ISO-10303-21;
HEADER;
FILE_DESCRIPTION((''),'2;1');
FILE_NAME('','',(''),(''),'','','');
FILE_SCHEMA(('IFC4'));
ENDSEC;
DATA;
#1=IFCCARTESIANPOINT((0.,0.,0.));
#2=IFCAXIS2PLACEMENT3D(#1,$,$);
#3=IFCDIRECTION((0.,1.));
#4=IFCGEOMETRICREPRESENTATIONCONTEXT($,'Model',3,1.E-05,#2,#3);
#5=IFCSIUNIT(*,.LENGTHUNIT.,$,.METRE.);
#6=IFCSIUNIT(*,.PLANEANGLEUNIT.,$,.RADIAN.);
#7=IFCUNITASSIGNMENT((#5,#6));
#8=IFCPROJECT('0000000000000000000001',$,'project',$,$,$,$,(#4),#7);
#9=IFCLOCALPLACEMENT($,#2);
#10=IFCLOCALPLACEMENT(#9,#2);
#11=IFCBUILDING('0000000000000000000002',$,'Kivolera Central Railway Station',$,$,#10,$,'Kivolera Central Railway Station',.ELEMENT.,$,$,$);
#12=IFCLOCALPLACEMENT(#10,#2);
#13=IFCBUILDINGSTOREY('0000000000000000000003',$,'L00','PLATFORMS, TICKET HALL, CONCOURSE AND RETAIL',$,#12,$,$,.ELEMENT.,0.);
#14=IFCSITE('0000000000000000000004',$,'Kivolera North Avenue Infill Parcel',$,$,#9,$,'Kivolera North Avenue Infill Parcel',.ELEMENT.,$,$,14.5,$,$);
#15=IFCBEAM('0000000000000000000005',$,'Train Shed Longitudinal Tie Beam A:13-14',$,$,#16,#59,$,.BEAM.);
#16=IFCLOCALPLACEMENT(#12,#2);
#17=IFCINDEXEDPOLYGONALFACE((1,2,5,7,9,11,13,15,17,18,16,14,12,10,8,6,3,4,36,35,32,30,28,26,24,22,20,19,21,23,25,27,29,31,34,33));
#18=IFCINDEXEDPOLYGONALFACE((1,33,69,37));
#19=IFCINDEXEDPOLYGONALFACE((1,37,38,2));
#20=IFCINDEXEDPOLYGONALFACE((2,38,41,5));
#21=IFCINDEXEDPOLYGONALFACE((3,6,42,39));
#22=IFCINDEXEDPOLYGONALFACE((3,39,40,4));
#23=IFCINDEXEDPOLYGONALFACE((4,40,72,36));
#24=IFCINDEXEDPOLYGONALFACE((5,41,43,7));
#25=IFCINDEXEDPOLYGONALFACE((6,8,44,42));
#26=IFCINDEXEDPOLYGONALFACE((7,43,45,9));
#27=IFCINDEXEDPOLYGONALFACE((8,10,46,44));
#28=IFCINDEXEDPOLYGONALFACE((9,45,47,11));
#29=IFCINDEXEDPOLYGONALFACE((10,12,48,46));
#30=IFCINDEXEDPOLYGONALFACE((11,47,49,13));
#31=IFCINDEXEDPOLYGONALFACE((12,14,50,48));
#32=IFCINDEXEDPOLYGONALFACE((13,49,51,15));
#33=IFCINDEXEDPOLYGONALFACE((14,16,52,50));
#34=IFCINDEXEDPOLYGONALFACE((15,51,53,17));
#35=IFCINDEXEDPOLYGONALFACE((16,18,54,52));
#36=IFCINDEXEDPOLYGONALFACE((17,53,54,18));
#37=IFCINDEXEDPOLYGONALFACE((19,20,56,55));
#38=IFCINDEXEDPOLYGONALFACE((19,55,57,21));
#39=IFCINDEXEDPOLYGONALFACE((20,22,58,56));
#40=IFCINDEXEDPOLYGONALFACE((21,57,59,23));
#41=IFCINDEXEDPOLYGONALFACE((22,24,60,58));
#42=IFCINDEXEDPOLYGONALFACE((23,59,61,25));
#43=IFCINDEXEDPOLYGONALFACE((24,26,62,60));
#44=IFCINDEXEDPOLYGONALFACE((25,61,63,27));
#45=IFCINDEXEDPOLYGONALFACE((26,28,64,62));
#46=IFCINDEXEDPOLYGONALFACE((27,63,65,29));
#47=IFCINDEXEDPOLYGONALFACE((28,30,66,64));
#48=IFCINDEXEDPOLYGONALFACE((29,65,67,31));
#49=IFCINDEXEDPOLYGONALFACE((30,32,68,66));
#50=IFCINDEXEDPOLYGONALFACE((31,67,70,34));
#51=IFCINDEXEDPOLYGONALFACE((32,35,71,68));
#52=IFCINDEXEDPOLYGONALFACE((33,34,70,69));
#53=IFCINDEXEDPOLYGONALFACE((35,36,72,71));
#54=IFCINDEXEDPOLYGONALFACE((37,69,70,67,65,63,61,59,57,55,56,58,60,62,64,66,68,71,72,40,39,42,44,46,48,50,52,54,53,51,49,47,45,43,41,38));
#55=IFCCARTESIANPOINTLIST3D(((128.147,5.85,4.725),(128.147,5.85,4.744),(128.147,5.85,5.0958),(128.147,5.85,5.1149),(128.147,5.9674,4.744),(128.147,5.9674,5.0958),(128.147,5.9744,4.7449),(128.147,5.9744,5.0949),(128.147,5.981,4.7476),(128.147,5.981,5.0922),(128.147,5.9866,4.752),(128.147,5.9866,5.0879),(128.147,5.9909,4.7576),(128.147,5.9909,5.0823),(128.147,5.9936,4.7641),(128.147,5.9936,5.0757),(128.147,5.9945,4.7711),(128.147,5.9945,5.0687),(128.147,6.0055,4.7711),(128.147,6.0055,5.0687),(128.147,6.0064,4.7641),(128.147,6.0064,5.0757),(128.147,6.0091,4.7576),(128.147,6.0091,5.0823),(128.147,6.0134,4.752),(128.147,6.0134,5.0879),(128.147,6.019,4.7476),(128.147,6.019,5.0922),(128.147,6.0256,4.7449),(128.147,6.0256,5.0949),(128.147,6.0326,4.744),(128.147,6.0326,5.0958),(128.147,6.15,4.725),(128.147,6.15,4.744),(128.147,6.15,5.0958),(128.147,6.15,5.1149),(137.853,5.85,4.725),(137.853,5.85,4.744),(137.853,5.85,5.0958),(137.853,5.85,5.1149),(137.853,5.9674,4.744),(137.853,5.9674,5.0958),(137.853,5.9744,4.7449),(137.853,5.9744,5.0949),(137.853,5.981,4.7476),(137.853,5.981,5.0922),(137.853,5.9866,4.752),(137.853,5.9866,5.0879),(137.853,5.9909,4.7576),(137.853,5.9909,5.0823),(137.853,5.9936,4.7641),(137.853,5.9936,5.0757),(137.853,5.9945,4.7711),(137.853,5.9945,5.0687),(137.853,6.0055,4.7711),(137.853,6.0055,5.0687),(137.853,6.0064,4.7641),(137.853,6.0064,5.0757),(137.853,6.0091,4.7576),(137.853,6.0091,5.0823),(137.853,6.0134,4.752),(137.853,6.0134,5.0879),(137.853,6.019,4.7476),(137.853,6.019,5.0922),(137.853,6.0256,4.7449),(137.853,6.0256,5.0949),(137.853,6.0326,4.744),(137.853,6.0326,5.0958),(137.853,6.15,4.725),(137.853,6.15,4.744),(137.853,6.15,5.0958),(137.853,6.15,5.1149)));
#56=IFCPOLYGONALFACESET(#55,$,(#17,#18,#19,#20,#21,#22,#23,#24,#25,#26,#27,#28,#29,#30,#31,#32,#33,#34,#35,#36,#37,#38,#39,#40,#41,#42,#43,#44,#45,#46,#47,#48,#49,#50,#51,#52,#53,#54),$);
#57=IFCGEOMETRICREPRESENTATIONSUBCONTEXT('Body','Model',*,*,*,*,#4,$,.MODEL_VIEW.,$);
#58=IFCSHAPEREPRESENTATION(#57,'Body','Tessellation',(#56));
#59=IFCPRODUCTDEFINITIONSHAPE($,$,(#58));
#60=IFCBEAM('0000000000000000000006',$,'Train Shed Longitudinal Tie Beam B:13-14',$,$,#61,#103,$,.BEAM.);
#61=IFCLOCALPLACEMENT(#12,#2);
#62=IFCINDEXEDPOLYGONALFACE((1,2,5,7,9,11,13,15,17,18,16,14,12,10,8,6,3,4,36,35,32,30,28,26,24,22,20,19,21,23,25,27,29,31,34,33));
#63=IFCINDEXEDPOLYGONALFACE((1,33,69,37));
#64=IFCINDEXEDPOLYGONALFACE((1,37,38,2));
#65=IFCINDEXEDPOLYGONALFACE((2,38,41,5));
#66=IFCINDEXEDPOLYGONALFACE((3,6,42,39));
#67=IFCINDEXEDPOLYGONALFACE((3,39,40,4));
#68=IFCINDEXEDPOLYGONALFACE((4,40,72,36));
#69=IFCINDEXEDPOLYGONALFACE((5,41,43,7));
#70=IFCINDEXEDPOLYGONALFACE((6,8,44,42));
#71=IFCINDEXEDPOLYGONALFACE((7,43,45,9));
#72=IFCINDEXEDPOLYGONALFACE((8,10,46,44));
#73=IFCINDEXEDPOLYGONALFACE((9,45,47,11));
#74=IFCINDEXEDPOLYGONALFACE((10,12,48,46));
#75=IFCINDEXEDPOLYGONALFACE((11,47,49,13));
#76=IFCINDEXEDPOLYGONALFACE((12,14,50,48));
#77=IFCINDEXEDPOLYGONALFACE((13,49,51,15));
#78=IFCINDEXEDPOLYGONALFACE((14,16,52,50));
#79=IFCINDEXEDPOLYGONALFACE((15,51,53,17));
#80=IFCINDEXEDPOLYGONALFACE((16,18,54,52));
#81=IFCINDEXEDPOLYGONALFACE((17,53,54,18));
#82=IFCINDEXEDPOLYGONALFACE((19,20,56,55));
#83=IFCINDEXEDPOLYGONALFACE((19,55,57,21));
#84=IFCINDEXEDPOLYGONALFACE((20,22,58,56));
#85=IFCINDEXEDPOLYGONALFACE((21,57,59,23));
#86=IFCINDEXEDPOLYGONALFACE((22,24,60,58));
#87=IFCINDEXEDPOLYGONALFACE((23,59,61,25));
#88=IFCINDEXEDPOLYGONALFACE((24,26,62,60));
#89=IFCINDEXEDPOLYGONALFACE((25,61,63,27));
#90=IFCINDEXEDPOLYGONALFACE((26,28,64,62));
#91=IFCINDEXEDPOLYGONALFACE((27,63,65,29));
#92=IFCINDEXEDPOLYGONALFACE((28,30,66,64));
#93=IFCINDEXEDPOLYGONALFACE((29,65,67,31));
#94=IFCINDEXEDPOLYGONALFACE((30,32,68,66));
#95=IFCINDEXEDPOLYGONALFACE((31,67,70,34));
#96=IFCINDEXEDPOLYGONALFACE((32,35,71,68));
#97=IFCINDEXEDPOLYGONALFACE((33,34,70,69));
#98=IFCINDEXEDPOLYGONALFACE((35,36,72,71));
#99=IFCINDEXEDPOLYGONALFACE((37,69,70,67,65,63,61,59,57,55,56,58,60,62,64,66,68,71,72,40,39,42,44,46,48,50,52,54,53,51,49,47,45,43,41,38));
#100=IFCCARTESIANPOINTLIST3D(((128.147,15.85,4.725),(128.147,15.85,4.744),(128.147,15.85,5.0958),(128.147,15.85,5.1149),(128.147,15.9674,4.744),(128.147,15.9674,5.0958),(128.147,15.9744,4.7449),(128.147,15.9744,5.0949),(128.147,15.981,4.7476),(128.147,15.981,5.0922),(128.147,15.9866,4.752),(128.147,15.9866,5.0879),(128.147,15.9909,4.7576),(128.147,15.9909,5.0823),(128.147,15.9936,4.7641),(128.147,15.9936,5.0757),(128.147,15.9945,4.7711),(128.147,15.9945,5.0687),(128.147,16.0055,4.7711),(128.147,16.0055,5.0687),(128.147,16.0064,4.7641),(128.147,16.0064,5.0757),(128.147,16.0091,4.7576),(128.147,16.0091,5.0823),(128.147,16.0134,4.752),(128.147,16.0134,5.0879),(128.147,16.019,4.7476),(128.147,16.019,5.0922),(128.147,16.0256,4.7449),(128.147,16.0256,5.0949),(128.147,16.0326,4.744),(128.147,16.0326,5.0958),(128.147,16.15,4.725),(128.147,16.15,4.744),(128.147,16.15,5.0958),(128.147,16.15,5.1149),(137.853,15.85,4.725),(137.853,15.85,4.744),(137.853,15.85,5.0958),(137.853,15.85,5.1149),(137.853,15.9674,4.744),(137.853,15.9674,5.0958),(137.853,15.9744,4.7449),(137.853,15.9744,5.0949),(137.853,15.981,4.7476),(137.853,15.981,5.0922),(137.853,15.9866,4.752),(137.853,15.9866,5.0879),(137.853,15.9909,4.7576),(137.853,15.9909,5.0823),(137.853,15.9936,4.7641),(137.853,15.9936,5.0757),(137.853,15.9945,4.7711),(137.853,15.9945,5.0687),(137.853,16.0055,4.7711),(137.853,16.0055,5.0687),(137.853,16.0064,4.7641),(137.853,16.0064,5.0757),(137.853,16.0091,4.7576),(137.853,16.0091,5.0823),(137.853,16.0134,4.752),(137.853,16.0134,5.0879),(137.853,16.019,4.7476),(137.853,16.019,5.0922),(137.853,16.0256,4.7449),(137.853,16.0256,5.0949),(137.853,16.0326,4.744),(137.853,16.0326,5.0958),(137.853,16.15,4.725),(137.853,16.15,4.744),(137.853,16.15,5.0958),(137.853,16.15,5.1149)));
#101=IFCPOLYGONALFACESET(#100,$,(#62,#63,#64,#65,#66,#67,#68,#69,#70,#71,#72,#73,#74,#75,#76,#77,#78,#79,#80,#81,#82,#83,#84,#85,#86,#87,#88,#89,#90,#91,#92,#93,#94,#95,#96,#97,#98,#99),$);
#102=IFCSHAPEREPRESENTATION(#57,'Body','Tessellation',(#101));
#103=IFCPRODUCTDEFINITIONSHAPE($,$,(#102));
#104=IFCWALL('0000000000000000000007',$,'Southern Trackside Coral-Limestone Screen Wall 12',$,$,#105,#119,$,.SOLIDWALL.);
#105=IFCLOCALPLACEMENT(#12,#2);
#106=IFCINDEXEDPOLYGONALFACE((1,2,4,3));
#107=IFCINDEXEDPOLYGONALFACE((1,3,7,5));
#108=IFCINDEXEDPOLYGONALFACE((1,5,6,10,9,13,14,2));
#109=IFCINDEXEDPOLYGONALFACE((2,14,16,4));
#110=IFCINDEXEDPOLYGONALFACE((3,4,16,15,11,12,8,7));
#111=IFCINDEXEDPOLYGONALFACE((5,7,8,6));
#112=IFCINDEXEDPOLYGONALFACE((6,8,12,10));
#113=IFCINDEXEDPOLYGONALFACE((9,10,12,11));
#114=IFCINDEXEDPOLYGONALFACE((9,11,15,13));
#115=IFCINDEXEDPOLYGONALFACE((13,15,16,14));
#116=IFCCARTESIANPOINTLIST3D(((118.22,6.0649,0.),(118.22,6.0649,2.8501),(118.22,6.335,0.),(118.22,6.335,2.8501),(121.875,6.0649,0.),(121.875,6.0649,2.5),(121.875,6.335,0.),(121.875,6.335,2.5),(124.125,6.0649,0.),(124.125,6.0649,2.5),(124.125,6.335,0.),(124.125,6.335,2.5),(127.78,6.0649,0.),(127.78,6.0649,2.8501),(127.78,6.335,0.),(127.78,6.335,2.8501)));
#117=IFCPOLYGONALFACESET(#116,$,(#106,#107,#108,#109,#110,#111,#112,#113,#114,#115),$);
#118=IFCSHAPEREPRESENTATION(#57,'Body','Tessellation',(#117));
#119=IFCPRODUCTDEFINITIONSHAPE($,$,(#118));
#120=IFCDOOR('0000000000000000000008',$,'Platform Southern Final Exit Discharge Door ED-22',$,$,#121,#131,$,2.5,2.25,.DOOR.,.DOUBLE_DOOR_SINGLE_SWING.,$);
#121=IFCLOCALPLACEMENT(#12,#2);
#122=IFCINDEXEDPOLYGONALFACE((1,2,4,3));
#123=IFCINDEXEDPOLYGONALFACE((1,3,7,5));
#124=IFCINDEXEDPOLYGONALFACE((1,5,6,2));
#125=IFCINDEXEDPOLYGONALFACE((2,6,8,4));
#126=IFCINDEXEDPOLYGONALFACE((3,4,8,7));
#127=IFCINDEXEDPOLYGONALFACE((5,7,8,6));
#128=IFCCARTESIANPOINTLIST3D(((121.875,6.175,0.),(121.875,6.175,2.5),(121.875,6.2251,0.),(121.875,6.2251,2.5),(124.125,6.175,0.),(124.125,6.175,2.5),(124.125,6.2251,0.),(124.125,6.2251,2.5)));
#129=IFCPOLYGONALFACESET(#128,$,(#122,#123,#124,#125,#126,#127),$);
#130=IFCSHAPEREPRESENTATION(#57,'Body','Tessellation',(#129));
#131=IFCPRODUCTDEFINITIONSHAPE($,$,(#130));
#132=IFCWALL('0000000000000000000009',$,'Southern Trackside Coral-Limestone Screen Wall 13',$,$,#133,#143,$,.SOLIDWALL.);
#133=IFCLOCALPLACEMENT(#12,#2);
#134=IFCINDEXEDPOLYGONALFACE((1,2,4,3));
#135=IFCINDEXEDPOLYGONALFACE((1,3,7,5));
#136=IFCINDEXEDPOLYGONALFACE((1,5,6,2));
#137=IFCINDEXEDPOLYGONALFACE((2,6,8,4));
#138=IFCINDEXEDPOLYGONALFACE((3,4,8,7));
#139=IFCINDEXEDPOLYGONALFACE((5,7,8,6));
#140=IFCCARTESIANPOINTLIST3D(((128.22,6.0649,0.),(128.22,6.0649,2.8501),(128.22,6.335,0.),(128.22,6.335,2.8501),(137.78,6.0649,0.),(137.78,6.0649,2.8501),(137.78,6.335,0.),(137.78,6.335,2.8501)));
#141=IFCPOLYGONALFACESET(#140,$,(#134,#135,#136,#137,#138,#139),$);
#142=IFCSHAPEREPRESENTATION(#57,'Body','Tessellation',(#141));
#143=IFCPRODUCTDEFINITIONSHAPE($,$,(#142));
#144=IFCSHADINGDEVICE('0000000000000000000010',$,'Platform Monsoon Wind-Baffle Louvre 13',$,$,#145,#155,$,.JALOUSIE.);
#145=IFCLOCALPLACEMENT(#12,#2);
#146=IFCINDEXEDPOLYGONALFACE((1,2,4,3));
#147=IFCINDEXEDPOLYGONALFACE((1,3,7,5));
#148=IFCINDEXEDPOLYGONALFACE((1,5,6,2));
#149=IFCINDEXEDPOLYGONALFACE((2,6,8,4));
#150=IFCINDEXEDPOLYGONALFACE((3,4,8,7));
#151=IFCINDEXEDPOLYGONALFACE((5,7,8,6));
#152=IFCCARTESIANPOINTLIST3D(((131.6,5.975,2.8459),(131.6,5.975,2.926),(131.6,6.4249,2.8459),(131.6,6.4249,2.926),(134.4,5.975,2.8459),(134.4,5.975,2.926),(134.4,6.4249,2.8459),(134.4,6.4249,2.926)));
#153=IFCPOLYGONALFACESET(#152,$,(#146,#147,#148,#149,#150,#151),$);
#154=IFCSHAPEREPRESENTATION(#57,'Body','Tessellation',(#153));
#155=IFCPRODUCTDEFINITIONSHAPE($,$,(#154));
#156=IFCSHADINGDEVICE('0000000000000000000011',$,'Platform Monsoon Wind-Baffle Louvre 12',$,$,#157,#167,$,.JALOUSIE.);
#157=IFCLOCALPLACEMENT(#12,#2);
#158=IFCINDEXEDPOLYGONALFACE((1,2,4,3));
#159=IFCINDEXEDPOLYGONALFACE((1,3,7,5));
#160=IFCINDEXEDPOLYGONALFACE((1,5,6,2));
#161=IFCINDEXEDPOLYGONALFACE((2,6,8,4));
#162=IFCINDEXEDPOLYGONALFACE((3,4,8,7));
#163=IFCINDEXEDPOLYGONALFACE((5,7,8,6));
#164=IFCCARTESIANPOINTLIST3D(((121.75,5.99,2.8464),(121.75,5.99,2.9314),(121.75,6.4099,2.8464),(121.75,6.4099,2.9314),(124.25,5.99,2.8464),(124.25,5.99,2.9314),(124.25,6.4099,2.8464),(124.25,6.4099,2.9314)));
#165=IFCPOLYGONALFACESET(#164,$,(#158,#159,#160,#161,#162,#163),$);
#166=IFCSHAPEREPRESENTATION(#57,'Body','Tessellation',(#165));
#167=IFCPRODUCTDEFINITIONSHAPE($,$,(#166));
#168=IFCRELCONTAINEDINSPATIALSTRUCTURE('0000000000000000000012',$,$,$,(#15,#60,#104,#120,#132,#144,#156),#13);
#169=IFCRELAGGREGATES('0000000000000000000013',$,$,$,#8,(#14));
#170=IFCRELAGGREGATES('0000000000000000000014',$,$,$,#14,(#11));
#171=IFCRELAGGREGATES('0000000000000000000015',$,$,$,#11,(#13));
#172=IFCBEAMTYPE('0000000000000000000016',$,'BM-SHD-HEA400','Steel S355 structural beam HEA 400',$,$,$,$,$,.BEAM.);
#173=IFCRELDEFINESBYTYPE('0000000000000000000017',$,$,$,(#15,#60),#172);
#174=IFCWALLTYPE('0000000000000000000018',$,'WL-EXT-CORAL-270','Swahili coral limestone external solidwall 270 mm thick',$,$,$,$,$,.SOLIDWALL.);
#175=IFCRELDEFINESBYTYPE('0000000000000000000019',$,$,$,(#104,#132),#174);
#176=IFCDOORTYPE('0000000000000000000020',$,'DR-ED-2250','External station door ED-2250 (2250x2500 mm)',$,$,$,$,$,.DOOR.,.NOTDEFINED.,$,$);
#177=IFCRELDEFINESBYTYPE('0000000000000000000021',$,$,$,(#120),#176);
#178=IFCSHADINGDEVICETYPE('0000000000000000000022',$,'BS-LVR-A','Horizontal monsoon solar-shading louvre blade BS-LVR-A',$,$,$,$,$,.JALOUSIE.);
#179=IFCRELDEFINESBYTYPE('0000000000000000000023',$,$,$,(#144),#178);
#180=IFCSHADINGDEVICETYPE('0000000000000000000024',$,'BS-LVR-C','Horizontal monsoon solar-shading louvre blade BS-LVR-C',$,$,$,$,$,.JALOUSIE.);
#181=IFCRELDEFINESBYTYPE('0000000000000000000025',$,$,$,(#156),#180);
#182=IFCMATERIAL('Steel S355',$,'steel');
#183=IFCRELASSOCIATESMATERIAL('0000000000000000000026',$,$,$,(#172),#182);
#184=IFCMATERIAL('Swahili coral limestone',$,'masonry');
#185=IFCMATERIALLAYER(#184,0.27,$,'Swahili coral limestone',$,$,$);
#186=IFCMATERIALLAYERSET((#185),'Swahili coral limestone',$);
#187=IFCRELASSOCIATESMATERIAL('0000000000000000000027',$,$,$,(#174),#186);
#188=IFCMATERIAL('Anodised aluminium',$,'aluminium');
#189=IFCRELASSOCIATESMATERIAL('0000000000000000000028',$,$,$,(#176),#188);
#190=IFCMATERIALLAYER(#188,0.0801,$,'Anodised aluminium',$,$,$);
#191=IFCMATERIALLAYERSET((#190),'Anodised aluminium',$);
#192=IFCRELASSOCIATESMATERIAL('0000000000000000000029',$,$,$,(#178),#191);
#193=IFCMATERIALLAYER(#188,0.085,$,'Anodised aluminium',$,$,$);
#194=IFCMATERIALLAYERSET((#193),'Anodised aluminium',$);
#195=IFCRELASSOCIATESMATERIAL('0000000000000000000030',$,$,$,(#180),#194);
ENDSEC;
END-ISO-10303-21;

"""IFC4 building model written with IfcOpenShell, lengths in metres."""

from ifc_helpers import new_model, si_unit, direction, frame, frame_2d, origin, origin_2d, place, context, subcontext, project, spatial, rectangle, i_section, extrude, material, layer, layer_set, material_profile, profile_set, type_object, element, fill, save


model = new_model("IFC4")

# Units and contexts
model_context = context("Model", 3, precision=1e-05, world=origin(), true_north=direction((0.0, 1.0)))
body_context = subcontext(model_context, "Body", "Model", "MODEL_VIEW")
ifc_project = project(units=[si_unit("LENGTHUNIT", "METRE"), si_unit("PLANEANGLEUNIT", "RADIAN")], contexts=[model_context])

# Site, building, storey
site_placement = place(None, origin())
site = spatial("IfcSite", under=ifc_project, at=site_placement, Name="Kivolera North Avenue Infill Parcel", LongName="Kivolera North Avenue Infill Parcel", CompositionType="ELEMENT", RefElevation=14.5)
building_placement = place(site_placement, origin())
building = spatial("IfcBuilding", under=site, at=building_placement, Name="Kivolera Central Railway Station", LongName="Kivolera Central Railway Station", CompositionType="ELEMENT")
storey_placement = place(building_placement, origin())
storey = spatial("IfcBuildingStorey", under=building, at=storey_placement, Name="L00", Description="PLATFORMS, TICKET HALL, CONCOURSE AND RETAIL", CompositionType="ELEMENT", Elevation=0.0)

# Shared definitions
ifc_material_1 = material(Name="Steel S355", Category="steel")

# Beams
ifc_material_profile_1 = material_profile(ifc_material_1, i_section(OverallWidth=0.3, OverallDepth=0.3899, WebThickness=0.011, FlangeThickness=0.019, FilletRadius=0.0271, at=origin_2d()), Name="HEA 400")
ifc_profile_set_1 = profile_set([ifc_material_profile_1], Name="Steel S355")
beam_type = type_object("IfcBeamType", Name="BM-SHD-HEA400", Description="Steel S355 structural beam HEA 400", PredefinedType="BEAM", material=ifc_profile_set_1)
for number, where, z_axis, x_axis, name in (
    (1, (128.147, 6.0, 4.9199), (1.0, 0.0, 0.0), (0.0, 1.0, 0.0), "Train Shed Longitudinal Tie Beam A:13-14"),
    (2, (128.147, 16.0, 4.9199), (1.0, 0.0, 0.0), (0.0, 1.0, 0.0), "Train Shed Longitudinal Tie Beam B:13-14"),
):
    element("IfcBeam", number, at=place(storey_placement, frame(where, z_axis=z_axis, x_axis=x_axis)), inside=storey, type_object=beam_type, Name=name, PredefinedType="BEAM", context=body_context, shape_type="SweptSolid", body=[
        extrude(i_section(OverallWidth=0.3, OverallDepth=0.3899, WebThickness=0.011, FlangeThickness=0.019, FilletRadius=0.0271, at=origin_2d()), origin(), (0.0, 0.0, 1.0), 9.7061),
    ])

# Wall, opening, door
ifc_material_2 = material(Name="Swahili coral limestone", Category="masonry")
ifc_layer_1 = layer(ifc_material_2, 0.27, Name="Swahili coral limestone")
ifc_layer_set_1 = layer_set([ifc_layer_1], Name="Swahili coral limestone")
wall_type = type_object("IfcWallType", Name="WL-EXT-CORAL-270", Description="Swahili coral limestone external solidwall 270 mm thick", PredefinedType="SOLIDWALL", material=ifc_layer_set_1)
wall_1_placement = place(storey_placement, frame((127.78, 6.2, 0.0), z_axis=(0.0, 0.0, 1.0), x_axis=(-1.0, 0.0, 0.0)))
wall_1 = element("IfcWall", 3, at=wall_1_placement, inside=storey, type_object=wall_type, Name="Southern Trackside Coral-Limestone Screen Wall 12", PredefinedType="SOLIDWALL", context=body_context, shape_type="SweptSolid", body=[
    extrude(rectangle(XDim=9.5601, YDim=0.27, at=frame_2d((4.78, 0.0))), origin(), (0.0, 0.0, 1.0), 2.8501),
])
opening_placement = place(wall_1_placement, frame((3.655, 0.0, 0.0)))
opening = element("IfcOpeningElement", 4, at=opening_placement, cuts=wall_1, PredefinedType="OPENING", context=body_context, shape_type="SweptSolid", body=[
    extrude(rectangle(XDim=2.25, YDim=2.5, at=frame_2d((1.125, 1.25))), frame((0.0, 0.145, 0.0), z_axis=(0.0, -1.0, 0.0), x_axis=(1.0, 0.0, 0.0)), (0.0, 0.0, 1.0), 0.29),
])
ifc_material_3 = material(Name="Anodised aluminium", Category="aluminium")
door_type = type_object("IfcDoorType", Name="DR-ED-2250", Description="External station door ED-2250 (2250x2500 mm)", OperationType="NOTDEFINED", PredefinedType="DOOR", material=ifc_material_3)
door_placement = place(opening_placement, origin())
door = element("IfcDoor", 5, at=door_placement, inside=storey, type_object=door_type, Name="Platform Southern Final Exit Discharge Door ED-22", OperationType="DOUBLE_DOOR_SINGLE_SWING", OverallHeight=2.5, OverallWidth=2.25, PredefinedType="DOOR", context=body_context, shape_type="SweptSolid", body=[
    extrude(rectangle(XDim=2.25, YDim=2.5, at=frame_2d((1.125, 1.25))), frame((0.0, 0.0249, 0.0), z_axis=(0.0, -1.0, 0.0), x_axis=(1.0, 0.0, 0.0)), (0.0, 0.0, 1.0), 0.05),
])
fill(opening, door)

# Wall
wall_2_placement = place(storey_placement, frame((137.78, 6.2, 0.0), z_axis=(0.0, 0.0, 1.0), x_axis=(-1.0, 0.0, 0.0)))
element("IfcWall", 6, at=wall_2_placement, inside=storey, type_object=wall_type, Name="Southern Trackside Coral-Limestone Screen Wall 13", PredefinedType="SOLIDWALL", context=body_context, shape_type="SweptSolid", body=[
    extrude(rectangle(XDim=9.5601, YDim=0.27, at=frame_2d((4.78, 0.0))), origin(), (0.0, 0.0, 1.0), 2.8501),
])

# Shading devices
ifc_layer_2 = layer(ifc_material_3, 0.0801, Name="Anodised aluminium")
ifc_layer_set_2 = layer_set([ifc_layer_2], Name="Anodised aluminium")
shading_device_type_1 = type_object("IfcShadingDeviceType", Name="BS-LVR-A", Description="Horizontal monsoon solar-shading louvre blade BS-LVR-A", PredefinedType="JALOUSIE", material=ifc_layer_set_2)
shading_device_1_placement = place(storey_placement, frame((133.0, 6.2, 2.8459), z_axis=(0.0, 0.0, 1.0), x_axis=(1.0, 0.0, 0.0)))
element("IfcShadingDevice", 7, at=shading_device_1_placement, inside=storey, type_object=shading_device_type_1, Name="Platform Monsoon Wind-Baffle Louvre 13", PredefinedType="JALOUSIE", context=body_context, shape_type="SweptSolid", body=[
    extrude(rectangle(XDim=2.8, YDim=0.45, at=origin_2d()), origin(), (0.0, 0.0, 1.0), 0.0801),
])
ifc_layer_3 = layer(ifc_material_3, 0.085, Name="Anodised aluminium")
ifc_layer_set_3 = layer_set([ifc_layer_3], Name="Anodised aluminium")
shading_device_type_2 = type_object("IfcShadingDeviceType", Name="BS-LVR-C", Description="Horizontal monsoon solar-shading louvre blade BS-LVR-C", PredefinedType="JALOUSIE", material=ifc_layer_set_3)
shading_device_2_placement = place(storey_placement, frame((123.0, 6.2, 2.8464), z_axis=(0.0, 0.0, 1.0), x_axis=(1.0, 0.0, 0.0)))
element("IfcShadingDevice", 8, at=shading_device_2_placement, inside=storey, type_object=shading_device_type_2, Name="Platform Monsoon Wind-Baffle Louvre 12", PredefinedType="JALOUSIE", context=body_context, shape_type="SweptSolid", body=[
    extrude(rectangle(XDim=2.5, YDim=0.4199, at=origin_2d()), origin(), (0.0, 0.0, 1.0), 0.085),
])

save(model, "model.ifc")
